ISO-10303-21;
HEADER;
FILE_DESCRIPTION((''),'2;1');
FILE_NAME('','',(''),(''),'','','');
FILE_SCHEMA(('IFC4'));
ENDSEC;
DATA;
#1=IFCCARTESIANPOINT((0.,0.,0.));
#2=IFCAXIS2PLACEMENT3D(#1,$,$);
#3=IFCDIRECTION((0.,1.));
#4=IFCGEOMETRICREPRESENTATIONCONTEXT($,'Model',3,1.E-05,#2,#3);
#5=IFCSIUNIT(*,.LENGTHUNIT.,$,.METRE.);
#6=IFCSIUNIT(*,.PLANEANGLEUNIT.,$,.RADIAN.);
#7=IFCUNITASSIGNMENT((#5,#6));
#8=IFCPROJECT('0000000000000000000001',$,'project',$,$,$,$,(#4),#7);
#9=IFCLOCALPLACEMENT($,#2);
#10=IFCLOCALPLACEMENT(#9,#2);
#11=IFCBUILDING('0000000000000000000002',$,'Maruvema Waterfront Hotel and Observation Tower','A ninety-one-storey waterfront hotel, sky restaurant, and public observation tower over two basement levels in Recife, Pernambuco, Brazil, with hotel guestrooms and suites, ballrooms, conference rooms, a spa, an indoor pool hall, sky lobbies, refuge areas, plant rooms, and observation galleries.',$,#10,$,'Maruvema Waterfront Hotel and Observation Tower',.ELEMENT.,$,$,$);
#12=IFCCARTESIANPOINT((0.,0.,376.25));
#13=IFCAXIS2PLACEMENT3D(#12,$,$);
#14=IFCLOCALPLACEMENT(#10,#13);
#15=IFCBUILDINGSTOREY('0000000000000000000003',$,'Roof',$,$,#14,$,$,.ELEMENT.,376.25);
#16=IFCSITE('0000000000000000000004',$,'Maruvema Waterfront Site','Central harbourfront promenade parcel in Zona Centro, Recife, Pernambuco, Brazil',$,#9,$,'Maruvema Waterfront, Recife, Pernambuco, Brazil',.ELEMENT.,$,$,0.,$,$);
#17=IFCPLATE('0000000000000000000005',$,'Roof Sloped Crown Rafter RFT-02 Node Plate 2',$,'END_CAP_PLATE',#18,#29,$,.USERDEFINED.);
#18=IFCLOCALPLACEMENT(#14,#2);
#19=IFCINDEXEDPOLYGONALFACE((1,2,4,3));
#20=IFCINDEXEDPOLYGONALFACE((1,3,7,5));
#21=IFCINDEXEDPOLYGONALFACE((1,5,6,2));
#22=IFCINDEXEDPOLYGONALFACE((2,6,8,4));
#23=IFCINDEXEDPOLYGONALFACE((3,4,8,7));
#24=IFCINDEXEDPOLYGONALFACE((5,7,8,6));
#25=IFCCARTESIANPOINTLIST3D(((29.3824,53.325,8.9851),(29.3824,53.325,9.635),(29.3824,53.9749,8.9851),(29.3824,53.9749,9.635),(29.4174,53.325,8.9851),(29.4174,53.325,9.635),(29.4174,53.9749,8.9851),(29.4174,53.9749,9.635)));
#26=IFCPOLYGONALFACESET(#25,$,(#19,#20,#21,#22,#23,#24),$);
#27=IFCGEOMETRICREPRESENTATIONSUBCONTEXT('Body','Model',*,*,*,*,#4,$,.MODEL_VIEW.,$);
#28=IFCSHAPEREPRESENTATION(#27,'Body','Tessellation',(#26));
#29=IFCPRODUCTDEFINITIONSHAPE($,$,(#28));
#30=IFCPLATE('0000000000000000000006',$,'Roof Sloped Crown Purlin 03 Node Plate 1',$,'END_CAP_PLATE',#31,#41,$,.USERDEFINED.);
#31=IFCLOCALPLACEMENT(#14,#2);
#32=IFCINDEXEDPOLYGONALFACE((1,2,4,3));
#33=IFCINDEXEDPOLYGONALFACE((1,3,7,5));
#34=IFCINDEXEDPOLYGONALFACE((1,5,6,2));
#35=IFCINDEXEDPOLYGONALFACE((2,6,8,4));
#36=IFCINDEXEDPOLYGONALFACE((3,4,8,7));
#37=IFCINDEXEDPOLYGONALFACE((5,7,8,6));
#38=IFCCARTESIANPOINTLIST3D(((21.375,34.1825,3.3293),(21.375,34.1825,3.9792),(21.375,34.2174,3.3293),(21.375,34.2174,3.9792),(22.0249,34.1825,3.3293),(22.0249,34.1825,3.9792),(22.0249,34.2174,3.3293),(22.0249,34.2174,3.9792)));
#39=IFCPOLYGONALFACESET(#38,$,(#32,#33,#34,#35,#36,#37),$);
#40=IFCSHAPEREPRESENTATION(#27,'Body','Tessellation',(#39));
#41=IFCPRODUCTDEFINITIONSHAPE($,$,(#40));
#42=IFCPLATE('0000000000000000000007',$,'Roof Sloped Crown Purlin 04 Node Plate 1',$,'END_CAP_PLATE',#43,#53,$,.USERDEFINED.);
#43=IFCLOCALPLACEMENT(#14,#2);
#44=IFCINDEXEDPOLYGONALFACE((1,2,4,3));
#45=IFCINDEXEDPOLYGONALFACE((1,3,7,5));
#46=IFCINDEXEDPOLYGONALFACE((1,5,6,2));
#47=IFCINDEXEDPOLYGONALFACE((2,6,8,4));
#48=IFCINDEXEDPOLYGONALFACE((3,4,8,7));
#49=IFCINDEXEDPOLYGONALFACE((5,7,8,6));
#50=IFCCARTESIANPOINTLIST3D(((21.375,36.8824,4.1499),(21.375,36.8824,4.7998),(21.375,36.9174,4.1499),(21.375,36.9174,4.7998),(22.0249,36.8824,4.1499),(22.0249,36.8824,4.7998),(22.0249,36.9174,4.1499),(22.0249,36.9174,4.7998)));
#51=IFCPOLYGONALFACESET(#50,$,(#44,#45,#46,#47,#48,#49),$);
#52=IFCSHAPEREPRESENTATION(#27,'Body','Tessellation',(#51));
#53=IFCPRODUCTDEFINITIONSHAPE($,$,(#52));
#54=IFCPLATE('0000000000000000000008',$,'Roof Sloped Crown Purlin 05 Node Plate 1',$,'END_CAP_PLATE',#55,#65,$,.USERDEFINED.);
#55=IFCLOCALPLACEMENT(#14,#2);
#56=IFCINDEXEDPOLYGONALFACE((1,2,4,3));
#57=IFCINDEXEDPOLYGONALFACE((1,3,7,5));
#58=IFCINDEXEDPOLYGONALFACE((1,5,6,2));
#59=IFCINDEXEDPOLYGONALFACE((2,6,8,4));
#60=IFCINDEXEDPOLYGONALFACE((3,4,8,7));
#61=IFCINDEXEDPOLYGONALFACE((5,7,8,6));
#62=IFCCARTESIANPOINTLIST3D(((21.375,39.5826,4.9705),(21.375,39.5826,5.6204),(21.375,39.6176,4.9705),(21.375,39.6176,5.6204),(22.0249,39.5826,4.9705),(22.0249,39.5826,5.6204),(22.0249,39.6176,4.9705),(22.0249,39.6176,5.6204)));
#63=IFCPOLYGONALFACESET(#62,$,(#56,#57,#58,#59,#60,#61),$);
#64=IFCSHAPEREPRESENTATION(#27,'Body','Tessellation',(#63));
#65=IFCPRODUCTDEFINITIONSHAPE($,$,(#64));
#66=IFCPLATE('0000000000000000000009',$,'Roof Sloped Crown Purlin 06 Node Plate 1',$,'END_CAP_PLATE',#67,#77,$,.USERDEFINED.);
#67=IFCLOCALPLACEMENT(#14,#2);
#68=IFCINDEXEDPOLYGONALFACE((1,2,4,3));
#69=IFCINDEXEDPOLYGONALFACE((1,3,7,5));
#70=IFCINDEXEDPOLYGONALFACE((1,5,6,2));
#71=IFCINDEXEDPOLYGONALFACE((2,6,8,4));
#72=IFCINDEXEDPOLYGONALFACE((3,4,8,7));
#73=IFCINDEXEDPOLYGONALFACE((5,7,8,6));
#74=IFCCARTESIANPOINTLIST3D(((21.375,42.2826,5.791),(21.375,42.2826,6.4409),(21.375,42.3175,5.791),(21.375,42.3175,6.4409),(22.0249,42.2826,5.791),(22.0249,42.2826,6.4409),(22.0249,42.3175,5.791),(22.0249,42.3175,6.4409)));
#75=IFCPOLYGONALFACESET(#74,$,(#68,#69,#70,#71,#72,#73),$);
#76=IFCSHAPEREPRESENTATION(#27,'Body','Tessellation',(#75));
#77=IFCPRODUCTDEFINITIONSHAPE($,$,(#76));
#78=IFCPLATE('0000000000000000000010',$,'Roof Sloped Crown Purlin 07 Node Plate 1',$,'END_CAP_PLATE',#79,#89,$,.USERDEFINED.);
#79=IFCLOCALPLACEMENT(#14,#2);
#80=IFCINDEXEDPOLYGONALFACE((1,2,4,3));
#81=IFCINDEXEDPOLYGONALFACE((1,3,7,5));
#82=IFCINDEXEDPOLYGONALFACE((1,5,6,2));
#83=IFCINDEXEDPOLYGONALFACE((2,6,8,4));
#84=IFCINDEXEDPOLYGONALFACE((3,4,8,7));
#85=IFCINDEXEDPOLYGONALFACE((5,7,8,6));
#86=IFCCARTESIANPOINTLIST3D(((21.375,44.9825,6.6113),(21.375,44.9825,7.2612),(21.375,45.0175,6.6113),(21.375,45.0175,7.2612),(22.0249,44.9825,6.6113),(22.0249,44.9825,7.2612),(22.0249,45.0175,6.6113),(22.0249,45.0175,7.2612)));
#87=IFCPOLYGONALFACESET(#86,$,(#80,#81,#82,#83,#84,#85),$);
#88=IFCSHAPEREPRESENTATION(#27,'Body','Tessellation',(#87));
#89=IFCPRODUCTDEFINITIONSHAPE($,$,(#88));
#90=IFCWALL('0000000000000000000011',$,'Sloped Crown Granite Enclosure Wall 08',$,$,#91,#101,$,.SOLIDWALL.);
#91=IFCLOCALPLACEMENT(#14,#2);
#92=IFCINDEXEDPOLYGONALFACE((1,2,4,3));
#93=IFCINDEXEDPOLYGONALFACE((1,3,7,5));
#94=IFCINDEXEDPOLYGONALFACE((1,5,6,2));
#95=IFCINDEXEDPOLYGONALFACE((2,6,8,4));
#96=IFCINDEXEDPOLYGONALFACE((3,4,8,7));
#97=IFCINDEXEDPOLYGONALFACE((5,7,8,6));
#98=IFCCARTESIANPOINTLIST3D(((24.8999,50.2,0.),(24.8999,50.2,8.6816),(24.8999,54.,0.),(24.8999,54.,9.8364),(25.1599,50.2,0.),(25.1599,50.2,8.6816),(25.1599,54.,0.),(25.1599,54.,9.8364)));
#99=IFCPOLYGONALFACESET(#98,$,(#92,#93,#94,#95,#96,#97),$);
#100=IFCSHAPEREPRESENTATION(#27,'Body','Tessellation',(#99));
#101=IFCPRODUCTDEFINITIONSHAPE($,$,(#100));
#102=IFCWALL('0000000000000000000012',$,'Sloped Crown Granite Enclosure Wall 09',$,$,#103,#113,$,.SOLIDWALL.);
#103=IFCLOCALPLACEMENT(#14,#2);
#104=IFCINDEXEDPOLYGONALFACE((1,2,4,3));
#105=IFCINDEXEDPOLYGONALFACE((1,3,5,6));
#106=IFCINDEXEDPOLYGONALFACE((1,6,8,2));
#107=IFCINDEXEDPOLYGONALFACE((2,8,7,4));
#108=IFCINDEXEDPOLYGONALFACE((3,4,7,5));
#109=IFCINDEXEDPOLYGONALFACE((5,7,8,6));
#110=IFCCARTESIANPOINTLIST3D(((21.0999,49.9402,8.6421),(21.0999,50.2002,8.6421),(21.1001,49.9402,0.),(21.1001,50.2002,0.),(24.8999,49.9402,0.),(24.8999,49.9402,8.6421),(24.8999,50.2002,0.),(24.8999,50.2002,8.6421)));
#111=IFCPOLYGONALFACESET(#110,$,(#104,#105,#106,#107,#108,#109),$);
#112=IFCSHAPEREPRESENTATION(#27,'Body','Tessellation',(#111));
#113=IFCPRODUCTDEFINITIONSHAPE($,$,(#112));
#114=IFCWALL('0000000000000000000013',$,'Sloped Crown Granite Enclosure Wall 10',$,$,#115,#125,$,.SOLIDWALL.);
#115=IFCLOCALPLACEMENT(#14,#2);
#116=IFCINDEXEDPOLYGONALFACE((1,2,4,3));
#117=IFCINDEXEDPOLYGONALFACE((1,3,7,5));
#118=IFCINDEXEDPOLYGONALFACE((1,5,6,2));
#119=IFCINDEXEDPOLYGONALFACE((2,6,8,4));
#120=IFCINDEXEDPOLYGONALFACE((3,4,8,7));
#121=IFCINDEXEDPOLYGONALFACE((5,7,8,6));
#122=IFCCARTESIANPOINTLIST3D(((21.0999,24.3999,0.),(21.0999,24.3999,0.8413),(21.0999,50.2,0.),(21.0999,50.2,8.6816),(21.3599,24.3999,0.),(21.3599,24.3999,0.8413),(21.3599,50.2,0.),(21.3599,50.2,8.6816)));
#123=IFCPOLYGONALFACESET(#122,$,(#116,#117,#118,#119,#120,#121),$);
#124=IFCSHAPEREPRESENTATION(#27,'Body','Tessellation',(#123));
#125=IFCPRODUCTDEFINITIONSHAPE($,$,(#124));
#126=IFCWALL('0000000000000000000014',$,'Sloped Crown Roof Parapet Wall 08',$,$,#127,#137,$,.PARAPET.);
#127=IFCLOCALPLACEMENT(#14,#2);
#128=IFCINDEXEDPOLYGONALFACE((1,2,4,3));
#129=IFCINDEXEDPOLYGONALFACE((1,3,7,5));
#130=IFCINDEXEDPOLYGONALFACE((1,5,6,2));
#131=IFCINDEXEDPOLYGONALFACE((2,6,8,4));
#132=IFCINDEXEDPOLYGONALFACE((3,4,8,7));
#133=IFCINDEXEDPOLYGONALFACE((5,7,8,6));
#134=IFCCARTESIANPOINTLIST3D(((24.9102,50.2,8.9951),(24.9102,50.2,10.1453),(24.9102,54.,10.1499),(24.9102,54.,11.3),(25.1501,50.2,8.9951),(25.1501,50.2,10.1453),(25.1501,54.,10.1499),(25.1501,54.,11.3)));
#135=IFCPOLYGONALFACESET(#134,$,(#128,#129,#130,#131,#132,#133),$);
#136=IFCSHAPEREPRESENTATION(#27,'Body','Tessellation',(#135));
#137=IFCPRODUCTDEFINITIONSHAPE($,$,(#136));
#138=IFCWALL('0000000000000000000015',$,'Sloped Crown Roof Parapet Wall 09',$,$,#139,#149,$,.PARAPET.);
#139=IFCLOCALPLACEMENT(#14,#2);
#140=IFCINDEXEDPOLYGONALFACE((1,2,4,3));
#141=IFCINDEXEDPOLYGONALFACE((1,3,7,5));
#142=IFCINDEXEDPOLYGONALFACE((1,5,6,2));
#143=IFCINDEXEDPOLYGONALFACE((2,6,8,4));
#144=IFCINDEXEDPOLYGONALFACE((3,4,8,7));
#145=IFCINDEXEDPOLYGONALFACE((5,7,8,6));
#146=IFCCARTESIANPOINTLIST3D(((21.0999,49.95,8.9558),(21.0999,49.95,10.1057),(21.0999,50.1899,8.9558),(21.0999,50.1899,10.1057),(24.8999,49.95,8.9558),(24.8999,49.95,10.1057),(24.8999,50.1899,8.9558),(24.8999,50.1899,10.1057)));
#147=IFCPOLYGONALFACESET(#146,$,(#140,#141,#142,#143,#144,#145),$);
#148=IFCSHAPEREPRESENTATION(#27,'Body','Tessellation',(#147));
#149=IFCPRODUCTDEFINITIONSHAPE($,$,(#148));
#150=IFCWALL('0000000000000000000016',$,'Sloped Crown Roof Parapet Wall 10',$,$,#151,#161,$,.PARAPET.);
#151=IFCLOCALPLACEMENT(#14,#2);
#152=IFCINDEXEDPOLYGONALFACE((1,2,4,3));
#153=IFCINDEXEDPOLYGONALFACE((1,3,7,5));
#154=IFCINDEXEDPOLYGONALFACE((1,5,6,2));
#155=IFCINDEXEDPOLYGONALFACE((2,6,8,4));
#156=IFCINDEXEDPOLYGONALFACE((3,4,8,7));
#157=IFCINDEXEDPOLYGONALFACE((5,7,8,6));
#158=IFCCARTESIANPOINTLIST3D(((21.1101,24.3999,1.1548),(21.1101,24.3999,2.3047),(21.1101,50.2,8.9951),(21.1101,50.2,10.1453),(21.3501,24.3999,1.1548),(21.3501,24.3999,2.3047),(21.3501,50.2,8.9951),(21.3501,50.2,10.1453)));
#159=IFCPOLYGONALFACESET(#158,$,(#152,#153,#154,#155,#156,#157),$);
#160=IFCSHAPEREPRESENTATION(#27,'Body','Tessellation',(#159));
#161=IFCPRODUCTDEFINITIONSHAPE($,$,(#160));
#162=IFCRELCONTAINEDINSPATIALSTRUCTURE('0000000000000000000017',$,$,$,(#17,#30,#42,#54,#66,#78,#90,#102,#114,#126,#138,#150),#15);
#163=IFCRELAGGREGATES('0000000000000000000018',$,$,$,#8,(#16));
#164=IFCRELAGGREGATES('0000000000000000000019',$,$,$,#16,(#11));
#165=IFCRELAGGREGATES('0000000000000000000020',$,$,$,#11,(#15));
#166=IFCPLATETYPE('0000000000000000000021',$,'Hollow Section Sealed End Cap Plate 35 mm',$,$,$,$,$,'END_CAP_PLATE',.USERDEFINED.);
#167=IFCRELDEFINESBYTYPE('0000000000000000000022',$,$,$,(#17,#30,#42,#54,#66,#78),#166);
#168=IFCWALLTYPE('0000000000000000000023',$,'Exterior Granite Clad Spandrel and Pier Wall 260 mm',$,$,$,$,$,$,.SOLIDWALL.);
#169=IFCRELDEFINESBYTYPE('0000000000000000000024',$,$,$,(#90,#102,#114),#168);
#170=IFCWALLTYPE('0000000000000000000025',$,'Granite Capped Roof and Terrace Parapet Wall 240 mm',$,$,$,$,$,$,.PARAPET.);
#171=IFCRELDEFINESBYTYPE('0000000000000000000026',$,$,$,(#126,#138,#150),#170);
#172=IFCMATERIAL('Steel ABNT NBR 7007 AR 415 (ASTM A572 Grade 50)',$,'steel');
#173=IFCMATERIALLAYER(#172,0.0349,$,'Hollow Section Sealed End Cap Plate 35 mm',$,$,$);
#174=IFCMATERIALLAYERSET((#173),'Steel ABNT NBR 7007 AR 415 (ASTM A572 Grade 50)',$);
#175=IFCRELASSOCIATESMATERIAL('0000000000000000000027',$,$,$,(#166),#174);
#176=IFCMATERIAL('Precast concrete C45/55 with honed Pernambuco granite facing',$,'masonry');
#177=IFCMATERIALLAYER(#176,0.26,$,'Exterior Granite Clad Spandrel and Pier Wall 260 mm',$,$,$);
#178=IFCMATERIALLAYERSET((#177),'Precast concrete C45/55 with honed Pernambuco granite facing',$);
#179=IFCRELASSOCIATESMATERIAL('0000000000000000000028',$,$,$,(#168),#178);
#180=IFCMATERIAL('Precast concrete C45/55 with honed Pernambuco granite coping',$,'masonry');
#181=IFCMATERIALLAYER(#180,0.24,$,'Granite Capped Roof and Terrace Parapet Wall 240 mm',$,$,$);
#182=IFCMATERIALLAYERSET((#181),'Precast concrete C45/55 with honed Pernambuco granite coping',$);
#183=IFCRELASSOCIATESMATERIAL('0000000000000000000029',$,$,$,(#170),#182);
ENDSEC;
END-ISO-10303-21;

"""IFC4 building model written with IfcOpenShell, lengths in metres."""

from ifc_helpers import new_model, si_unit, direction, frame, origin, origin_2d, place, context, subcontext, project, spatial, polyline, rectangle, outline, extrude, material, layer, layer_set, type_object, element, save


model = new_model("IFC4")

# Units and contexts
model_context = context("Model", 3, precision=1e-05, world=origin(), true_north=direction((0.0, 1.0)))
body_context = subcontext(model_context, "Body", "Model", "MODEL_VIEW")
ifc_project = project(units=[si_unit("LENGTHUNIT", "METRE"), si_unit("PLANEANGLEUNIT", "RADIAN")], contexts=[model_context])

# Site, building, storey
site_placement = place(None, origin())
site = spatial("IfcSite", under=ifc_project, at=site_placement, Name="Maruvema Waterfront Site", Description="Central harbourfront promenade parcel in Zona Centro, Recife, Pernambuco, Brazil", LongName="Maruvema Waterfront, Recife, Pernambuco, Brazil", CompositionType="ELEMENT", RefElevation=0.0)
building_placement = place(site_placement, origin())
building = spatial("IfcBuilding", under=site, at=building_placement, Name="Maruvema Waterfront Hotel and Observation Tower", Description="A ninety-one-storey waterfront hotel, sky restaurant, and public observation tower over two basement levels in Recife, Pernambuco, Brazil, with hotel guestrooms and suites, ballrooms, conference rooms, a spa, an indoor pool hall, sky lobbies, refuge areas, plant rooms, and observation galleries.", LongName="Maruvema Waterfront Hotel and Observation Tower", CompositionType="ELEMENT")
storey_placement = place(building_placement, frame((0.0, 0.0, 376.25)))
storey = spatial("IfcBuildingStorey", under=building, at=storey_placement, Name="Roof", CompositionType="ELEMENT", Elevation=376.25)

# Plates
ifc_material_1 = material(Name="Steel ABNT NBR 7007 AR 415 (ASTM A572 Grade 50)", Category="steel")
ifc_layer_1 = layer(ifc_material_1, 0.0349, Name="Hollow Section Sealed End Cap Plate 35 mm")
ifc_layer_set_1 = layer_set([ifc_layer_1], Name="Steel ABNT NBR 7007 AR 415 (ASTM A572 Grade 50)")
plate_type = type_object("IfcPlateType", Name="Hollow Section Sealed End Cap Plate 35 mm", ElementType="END_CAP_PLATE", PredefinedType="USERDEFINED", material=ifc_layer_set_1)
for number, where, z_axis, x_axis, name in (
    (1, (29.3999, 53.6499, 8.9851), (0.0, 0.0, 1.0), (0.0, 1.0, 0.0), "Roof Sloped Crown Rafter RFT-02 Node Plate 2"),
    (2, (21.7, 34.2, 3.3293), (0.0, 0.0, 1.0), (1.0, 0.0, 0.0), "Roof Sloped Crown Purlin 03 Node Plate 1"),
    (3, (21.7, 36.8999, 4.1499), (0.0, 0.0, 1.0), (1.0, 0.0, 0.0), "Roof Sloped Crown Purlin 04 Node Plate 1"),
    (4, (21.7, 39.6001, 4.9705), (0.0, 0.0, 1.0), (1.0, 0.0, 0.0), "Roof Sloped Crown Purlin 05 Node Plate 1"),
    (5, (21.7, 42.3, 5.791), (0.0, 0.0, 1.0), (1.0, 0.0, 0.0), "Roof Sloped Crown Purlin 06 Node Plate 1"),
    (6, (21.7, 45.0, 6.6113), (0.0, 0.0, 1.0), (1.0, 0.0, 0.0), "Roof Sloped Crown Purlin 07 Node Plate 1"),
):
    element("IfcPlate", number, at=place(storey_placement, frame(where, z_axis=z_axis, x_axis=x_axis)), inside=storey, type_object=plate_type, Name=name, ObjectType="END_CAP_PLATE", PredefinedType="USERDEFINED", context=body_context, shape_type="SweptSolid", body=[
        extrude(rectangle(XDim=0.6499, YDim=0.0349, at=origin_2d()), origin(), (0.0, 0.0, 1.0), 0.6499),
    ])

# Walls
ifc_material_2 = material(Name="Precast concrete C45/55 with honed Pernambuco granite facing", Category="masonry")
ifc_layer_2 = layer(ifc_material_2, 0.26, Name="Exterior Granite Clad Spandrel and Pier Wall 260 mm")
ifc_layer_set_2 = layer_set([ifc_layer_2], Name="Precast concrete C45/55 with honed Pernambuco granite facing")
wall_type_1 = type_object("IfcWallType", Name="Exterior Granite Clad Spandrel and Pier Wall 260 mm", PredefinedType="SOLIDWALL", material=ifc_layer_set_2)
wall_1_placement = place(storey_placement, frame((25.03, 54.0, 0.0), z_axis=(0.0, 0.0, 1.0), x_axis=(0.0, -1.0, 0.0)))
element("IfcWall", 7, at=wall_1_placement, inside=storey, type_object=wall_type_1, Name="Sloped Crown Granite Enclosure Wall 08", PredefinedType="SOLIDWALL", context=body_context, shape_type="SweptSolid", body=[
    extrude(outline(polyline([(0.0, 0.0), (3.8, 0.0), (3.8, 8.6816), (0.0, 9.8364), (0.0, 0.0)])), frame((0.0, 0.1299, 0.0), z_axis=(0.0, -1.0, 0.0), x_axis=(1.0, 0.0, 0.0)), (0.0, 0.0, 1.0), 0.26),
])
wall_2_placement = place(storey_placement, frame((24.8999, 50.0701, 0.0), z_axis=(0.0, 0.0, 1.0), x_axis=(-1.0, 0.0, 0.0)))
element("IfcWall", 8, at=wall_2_placement, inside=storey, type_object=wall_type_1, Name="Sloped Crown Granite Enclosure Wall 09", PredefinedType="SOLIDWALL", context=body_context, shape_type="SweptSolid", body=[
    extrude(outline(polyline([(0.0, 0.0), (3.7998, 0.0), (3.8, 8.6421), (0.0, 8.6421), (0.0, 0.0)])), frame((0.0, 0.1299, 0.0), z_axis=(0.0, -1.0, 0.0), x_axis=(1.0, 0.0, 0.0)), (0.0, 0.0, 1.0), 0.26),
])
wall_3_placement = place(storey_placement, frame((21.23, 50.2, 0.0), z_axis=(0.0, 0.0, 1.0), x_axis=(0.0, -1.0, 0.0)))
element("IfcWall", 9, at=wall_3_placement, inside=storey, type_object=wall_type_1, Name="Sloped Crown Granite Enclosure Wall 10", PredefinedType="SOLIDWALL", context=body_context, shape_type="SweptSolid", body=[
    extrude(outline(polyline([(0.0, 0.0), (25.8, 0.0), (25.8, 0.8413), (0.0, 8.6816), (0.0, 0.0)])), frame((0.0, 0.1299, 0.0), z_axis=(0.0, -1.0, 0.0), x_axis=(1.0, 0.0, 0.0)), (0.0, 0.0, 1.0), 0.26),
])
ifc_material_3 = material(Name="Precast concrete C45/55 with honed Pernambuco granite coping", Category="masonry")
ifc_layer_3 = layer(ifc_material_3, 0.24, Name="Granite Capped Roof and Terrace Parapet Wall 240 mm")
ifc_layer_set_3 = layer_set([ifc_layer_3], Name="Precast concrete C45/55 with honed Pernambuco granite coping")
wall_type_2 = type_object("IfcWallType", Name="Granite Capped Roof and Terrace Parapet Wall 240 mm", PredefinedType="PARAPET", material=ifc_layer_set_3)
wall_4_placement = place(storey_placement, frame((25.03, 54.0, 8.9951), z_axis=(0.0, 0.0, 1.0), x_axis=(0.0, -1.0, 0.0)))
element("IfcWall", 10, at=wall_4_placement, inside=storey, type_object=wall_type_2, Name="Sloped Crown Roof Parapet Wall 08", PredefinedType="PARAPET", context=body_context, shape_type="SweptSolid", body=[
    extrude(outline(polyline([(0.0, 1.1548), (3.8, 0.0), (3.8, 1.1501), (0.0, 2.3049), (0.0, 1.1548)])), frame((0.0, 0.1201, 0.0), z_axis=(0.0, -1.0, 0.0), x_axis=(1.0, 0.0, 0.0)), (0.0, 0.0, 1.0), 0.24),
])
wall_5_placement = place(storey_placement, frame((24.8999, 50.0701, 8.9558), z_axis=(0.0, 0.0, 1.0), x_axis=(-1.0, 0.0, 0.0)))
element("IfcWall", 11, at=wall_5_placement, inside=storey, type_object=wall_type_2, Name="Sloped Crown Roof Parapet Wall 09", PredefinedType="PARAPET", context=body_context, shape_type="SweptSolid", body=[
    extrude(outline(polyline([(0.0, 0.0), (3.8, 0.0), (3.8, 1.1499), (0.0, 1.1499), (0.0, 0.0)])), frame((0.0, 0.1201, 0.0), z_axis=(0.0, -1.0, 0.0), x_axis=(1.0, 0.0, 0.0)), (0.0, 0.0, 1.0), 0.24),
])
wall_6_placement = place(storey_placement, frame((21.23, 50.2, 1.1548), z_axis=(0.0, 0.0, 1.0), x_axis=(0.0, -1.0, 0.0)))
element("IfcWall", 12, at=wall_6_placement, inside=storey, type_object=wall_type_2, Name="Sloped Crown Roof Parapet Wall 10", PredefinedType="PARAPET", context=body_context, shape_type="SweptSolid", body=[
    extrude(outline(polyline([(0.0, 7.8403), (25.8, 0.0), (25.8, 1.1499), (0.0, 8.9905), (0.0, 7.8403)])), frame((0.0, 0.1201, 0.0), z_axis=(0.0, -1.0, 0.0), x_axis=(1.0, 0.0, 0.0)), (0.0, 0.0, 1.0), 0.24),
])

save(model, "model.ifc")
